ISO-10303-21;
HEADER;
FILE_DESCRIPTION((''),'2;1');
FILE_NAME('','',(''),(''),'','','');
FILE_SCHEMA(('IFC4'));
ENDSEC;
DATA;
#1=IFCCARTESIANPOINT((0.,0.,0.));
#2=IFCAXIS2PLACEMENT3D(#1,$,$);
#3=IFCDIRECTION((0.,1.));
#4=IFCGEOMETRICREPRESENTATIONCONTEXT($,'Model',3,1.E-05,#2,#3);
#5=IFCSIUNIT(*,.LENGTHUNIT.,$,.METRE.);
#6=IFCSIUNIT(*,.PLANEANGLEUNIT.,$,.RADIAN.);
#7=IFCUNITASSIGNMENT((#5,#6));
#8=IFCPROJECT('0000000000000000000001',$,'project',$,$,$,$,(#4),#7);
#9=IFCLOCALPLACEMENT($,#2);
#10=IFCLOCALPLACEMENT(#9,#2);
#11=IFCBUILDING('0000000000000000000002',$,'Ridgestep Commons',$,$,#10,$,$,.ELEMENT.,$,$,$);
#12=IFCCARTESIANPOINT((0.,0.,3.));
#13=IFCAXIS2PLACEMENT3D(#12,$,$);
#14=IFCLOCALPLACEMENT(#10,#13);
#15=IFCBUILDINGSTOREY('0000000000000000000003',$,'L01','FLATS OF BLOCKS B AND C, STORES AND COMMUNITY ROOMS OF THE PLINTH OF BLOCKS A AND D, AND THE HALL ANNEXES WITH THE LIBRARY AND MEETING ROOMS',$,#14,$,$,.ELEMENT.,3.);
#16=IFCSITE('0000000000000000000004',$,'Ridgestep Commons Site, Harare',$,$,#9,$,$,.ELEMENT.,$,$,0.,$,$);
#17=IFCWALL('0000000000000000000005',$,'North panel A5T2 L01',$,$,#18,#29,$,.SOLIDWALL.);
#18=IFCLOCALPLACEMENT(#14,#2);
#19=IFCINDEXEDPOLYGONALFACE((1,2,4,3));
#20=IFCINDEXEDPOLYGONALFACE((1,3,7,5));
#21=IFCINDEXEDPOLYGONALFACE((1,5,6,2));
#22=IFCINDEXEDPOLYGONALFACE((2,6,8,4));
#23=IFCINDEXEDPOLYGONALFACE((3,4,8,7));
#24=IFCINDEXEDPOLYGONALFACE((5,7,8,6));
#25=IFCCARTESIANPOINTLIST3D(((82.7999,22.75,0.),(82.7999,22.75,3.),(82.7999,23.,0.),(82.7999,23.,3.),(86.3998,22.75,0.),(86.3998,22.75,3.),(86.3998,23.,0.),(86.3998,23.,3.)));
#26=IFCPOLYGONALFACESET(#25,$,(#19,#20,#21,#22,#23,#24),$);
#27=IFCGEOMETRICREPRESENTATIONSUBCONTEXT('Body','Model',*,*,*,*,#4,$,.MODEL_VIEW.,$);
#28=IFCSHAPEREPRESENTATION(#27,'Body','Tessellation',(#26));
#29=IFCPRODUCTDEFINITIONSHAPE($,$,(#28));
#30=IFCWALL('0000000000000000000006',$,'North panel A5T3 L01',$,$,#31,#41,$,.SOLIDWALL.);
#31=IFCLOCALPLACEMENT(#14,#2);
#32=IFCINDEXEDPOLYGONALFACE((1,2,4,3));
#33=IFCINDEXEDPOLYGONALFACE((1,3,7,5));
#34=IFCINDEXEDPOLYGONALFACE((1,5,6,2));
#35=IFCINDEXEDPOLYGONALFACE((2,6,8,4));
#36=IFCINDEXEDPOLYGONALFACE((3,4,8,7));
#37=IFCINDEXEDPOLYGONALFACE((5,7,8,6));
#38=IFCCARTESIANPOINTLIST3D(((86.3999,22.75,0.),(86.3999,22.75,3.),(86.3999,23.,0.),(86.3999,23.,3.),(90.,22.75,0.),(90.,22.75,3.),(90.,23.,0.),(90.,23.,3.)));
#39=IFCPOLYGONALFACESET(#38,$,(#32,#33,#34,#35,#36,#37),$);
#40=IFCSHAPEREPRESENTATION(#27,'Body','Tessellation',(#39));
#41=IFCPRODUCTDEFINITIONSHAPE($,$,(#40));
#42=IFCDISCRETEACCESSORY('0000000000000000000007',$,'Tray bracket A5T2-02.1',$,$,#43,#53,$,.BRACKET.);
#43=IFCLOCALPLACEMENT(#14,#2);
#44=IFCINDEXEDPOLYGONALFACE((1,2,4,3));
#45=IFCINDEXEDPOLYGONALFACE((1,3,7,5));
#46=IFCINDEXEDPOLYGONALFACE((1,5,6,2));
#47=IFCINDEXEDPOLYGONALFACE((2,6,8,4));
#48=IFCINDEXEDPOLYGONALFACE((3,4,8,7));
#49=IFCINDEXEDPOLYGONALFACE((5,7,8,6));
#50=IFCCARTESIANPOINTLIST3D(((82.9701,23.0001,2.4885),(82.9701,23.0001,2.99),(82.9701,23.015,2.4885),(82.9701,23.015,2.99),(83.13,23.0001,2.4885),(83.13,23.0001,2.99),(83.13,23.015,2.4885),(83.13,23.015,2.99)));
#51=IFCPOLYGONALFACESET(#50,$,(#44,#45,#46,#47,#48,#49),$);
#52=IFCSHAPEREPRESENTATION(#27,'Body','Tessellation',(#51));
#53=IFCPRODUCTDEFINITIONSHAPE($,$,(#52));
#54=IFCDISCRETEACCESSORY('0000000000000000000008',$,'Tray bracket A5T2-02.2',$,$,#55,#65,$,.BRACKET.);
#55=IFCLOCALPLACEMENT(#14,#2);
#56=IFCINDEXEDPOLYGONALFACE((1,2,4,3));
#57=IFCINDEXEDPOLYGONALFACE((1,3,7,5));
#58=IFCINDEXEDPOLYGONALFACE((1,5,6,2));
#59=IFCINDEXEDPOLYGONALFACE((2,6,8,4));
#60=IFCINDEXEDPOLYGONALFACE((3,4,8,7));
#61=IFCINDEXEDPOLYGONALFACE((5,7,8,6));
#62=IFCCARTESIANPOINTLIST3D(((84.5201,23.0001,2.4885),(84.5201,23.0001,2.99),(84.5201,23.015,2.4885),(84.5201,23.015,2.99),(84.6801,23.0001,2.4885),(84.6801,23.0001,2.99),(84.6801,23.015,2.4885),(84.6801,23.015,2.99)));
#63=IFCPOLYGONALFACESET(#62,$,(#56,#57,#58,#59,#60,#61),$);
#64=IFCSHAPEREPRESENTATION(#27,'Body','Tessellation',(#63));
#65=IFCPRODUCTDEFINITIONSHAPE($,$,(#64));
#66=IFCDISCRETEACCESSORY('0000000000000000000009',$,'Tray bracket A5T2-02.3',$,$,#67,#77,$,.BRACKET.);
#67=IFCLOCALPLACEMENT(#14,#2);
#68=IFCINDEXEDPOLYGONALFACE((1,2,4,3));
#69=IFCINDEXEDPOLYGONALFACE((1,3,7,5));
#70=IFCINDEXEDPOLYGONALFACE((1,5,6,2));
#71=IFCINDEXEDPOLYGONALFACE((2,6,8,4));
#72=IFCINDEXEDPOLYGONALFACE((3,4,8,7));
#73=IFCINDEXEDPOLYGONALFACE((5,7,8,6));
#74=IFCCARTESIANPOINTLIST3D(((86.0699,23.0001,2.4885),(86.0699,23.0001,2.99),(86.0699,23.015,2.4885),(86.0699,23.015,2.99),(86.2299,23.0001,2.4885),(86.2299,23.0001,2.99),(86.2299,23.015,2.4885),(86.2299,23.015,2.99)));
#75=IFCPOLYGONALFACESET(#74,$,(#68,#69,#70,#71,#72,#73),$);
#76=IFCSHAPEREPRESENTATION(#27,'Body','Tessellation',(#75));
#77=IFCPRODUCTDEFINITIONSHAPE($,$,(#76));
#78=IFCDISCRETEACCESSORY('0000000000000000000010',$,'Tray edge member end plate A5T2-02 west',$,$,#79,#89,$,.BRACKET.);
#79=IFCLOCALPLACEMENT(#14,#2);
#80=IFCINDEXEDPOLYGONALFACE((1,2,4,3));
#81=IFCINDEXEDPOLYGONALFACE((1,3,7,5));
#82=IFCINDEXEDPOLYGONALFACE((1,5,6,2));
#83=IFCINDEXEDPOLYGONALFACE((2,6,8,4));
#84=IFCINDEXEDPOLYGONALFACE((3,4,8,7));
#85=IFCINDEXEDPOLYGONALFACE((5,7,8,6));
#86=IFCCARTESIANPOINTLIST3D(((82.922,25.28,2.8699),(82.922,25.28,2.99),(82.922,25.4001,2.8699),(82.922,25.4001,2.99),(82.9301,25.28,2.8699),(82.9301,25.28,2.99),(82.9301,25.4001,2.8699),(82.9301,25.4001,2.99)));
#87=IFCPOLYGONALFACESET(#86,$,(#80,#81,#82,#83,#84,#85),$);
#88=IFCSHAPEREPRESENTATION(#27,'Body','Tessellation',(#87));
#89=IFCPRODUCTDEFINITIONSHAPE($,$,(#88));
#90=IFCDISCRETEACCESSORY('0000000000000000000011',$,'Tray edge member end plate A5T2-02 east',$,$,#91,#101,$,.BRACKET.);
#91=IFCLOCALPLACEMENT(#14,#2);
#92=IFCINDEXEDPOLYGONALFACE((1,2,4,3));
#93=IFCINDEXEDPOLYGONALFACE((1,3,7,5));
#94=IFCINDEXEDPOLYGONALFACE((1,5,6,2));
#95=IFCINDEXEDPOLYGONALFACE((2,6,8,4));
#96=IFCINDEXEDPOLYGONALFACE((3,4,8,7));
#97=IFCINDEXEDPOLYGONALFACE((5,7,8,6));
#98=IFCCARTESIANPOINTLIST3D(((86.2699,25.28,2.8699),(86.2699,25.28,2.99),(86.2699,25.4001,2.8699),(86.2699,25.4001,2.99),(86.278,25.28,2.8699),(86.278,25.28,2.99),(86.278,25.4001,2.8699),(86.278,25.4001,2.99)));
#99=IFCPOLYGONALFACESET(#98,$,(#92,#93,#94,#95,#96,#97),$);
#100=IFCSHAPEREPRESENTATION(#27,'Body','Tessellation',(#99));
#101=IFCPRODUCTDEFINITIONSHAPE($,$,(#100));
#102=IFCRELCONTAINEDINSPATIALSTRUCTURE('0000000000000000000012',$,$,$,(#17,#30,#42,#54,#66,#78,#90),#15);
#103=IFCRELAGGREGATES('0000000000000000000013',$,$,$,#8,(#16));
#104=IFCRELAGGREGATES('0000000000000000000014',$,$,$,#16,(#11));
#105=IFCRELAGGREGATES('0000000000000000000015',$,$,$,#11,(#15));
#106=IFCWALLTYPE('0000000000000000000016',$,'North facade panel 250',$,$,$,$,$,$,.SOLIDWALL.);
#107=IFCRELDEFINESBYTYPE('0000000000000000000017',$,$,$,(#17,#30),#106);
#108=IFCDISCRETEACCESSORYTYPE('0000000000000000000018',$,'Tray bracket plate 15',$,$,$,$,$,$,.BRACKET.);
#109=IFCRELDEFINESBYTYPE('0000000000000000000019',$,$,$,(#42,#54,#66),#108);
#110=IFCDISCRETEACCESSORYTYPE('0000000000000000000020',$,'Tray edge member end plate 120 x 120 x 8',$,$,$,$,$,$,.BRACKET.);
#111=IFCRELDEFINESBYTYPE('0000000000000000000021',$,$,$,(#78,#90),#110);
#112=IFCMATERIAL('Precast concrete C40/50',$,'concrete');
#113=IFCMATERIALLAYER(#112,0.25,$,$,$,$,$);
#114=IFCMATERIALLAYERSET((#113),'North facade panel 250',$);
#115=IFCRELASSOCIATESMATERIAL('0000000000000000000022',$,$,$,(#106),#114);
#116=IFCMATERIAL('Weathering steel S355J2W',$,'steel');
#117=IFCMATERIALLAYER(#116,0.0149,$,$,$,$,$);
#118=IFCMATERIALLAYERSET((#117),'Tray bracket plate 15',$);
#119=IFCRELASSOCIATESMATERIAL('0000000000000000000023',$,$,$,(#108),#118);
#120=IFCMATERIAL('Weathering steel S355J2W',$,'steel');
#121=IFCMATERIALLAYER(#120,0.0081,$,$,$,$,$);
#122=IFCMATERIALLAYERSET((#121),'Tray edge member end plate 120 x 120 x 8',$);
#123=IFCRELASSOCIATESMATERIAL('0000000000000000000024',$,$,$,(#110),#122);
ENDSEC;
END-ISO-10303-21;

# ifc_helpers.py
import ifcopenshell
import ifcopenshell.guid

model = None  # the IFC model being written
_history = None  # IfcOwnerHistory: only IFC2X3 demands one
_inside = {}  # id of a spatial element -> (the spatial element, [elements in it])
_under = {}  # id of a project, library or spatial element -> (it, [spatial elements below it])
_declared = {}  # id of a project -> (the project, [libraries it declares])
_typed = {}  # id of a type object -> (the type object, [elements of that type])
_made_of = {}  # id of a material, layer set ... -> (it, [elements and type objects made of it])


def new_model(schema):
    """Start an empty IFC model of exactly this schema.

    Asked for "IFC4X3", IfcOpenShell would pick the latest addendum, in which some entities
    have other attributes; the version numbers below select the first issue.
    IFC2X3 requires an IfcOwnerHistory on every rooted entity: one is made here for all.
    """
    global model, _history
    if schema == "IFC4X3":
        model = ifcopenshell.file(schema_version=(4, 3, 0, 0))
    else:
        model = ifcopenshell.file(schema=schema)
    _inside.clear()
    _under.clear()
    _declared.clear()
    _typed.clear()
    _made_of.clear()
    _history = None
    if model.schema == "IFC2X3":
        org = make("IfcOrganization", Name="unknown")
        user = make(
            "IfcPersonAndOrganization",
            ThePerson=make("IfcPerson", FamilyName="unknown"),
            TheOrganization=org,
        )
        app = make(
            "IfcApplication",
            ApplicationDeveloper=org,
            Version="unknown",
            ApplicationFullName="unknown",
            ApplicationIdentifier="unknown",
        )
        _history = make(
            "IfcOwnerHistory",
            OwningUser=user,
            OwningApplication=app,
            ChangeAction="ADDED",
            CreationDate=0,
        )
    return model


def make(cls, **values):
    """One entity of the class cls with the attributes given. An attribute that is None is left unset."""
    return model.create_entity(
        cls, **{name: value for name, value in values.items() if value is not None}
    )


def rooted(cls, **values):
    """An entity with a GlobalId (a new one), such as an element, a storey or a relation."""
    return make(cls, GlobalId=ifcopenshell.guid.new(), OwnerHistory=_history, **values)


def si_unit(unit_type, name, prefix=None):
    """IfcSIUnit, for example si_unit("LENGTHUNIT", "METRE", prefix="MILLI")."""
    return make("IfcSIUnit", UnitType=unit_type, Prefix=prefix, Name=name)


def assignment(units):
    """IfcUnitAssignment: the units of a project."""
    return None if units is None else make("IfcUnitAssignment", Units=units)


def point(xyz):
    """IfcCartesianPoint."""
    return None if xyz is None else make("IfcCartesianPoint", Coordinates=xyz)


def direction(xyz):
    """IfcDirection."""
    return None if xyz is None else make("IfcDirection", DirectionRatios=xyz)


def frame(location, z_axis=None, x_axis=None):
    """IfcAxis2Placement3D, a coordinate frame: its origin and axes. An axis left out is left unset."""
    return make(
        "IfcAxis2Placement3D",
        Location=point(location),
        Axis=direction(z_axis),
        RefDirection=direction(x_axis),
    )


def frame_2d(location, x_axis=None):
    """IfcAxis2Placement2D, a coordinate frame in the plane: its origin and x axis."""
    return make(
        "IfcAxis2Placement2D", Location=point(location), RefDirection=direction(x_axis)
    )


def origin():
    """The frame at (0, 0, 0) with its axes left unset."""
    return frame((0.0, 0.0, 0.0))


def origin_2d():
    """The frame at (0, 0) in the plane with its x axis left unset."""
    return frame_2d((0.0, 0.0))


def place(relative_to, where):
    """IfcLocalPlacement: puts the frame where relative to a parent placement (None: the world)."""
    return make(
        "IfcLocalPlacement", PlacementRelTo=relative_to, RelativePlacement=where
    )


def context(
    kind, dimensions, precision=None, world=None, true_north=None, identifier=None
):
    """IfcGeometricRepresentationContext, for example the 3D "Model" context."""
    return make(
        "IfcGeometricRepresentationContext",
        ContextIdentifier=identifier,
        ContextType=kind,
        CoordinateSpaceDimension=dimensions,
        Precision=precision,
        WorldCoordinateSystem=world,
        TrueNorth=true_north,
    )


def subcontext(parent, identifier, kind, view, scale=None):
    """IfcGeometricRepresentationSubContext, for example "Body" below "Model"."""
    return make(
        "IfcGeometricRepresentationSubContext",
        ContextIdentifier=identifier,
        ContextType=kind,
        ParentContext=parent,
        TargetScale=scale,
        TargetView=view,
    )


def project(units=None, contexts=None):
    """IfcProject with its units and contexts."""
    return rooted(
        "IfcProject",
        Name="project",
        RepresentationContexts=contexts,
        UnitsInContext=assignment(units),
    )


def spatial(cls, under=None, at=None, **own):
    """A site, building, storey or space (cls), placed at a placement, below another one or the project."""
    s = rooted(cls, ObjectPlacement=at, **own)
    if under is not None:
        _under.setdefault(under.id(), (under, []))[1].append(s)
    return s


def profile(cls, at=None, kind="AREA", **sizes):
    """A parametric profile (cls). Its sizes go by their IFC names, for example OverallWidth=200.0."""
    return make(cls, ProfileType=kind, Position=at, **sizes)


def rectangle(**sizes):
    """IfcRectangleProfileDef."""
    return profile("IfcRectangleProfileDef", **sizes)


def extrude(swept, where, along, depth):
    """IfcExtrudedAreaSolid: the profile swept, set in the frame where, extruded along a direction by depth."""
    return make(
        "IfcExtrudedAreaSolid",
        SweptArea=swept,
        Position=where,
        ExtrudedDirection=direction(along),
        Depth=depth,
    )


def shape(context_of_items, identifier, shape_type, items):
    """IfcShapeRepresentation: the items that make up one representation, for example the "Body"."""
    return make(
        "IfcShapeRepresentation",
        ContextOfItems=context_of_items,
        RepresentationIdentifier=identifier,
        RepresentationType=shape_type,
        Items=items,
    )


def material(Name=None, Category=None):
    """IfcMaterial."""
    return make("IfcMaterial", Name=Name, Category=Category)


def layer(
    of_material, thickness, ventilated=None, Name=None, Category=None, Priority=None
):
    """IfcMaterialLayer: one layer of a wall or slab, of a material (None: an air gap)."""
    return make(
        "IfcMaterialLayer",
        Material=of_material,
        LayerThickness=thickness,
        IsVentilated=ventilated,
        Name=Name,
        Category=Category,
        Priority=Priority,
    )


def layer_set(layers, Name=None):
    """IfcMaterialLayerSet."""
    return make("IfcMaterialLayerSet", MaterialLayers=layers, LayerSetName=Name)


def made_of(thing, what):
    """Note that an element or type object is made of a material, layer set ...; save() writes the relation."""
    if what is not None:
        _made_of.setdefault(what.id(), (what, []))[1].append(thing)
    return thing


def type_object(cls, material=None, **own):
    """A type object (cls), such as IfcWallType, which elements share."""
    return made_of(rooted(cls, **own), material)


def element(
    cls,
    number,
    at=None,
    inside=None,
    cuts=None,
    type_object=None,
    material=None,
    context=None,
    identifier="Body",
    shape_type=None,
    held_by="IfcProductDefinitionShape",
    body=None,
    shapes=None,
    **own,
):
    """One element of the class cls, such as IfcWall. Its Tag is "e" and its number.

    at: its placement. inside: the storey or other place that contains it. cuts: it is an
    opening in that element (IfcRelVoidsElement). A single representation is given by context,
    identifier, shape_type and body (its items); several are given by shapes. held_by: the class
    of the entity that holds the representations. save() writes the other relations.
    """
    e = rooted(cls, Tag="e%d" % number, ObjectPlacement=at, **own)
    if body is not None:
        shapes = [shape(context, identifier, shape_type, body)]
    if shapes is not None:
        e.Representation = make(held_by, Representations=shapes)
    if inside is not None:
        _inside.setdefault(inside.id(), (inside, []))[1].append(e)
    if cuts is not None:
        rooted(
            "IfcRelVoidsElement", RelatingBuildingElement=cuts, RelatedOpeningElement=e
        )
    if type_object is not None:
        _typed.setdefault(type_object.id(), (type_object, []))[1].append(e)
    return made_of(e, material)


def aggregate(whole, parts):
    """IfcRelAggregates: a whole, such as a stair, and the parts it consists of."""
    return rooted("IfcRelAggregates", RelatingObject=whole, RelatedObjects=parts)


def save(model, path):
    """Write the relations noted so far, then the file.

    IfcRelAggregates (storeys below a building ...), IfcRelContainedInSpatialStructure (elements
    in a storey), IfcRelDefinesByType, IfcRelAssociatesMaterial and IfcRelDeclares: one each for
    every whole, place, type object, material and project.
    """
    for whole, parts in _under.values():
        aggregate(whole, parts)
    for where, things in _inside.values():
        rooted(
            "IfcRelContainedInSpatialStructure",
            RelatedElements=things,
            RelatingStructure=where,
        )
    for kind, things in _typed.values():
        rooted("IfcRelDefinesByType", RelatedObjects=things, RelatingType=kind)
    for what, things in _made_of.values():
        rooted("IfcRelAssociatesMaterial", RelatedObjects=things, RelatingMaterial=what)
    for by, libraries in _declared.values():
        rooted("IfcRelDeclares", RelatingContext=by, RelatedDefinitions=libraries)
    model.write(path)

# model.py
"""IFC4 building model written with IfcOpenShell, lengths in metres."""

from ifc_helpers import new_model, si_unit, direction, frame, frame_2d, origin, origin_2d, place, context, subcontext, project, spatial, rectangle, extrude, material, layer, layer_set, type_object, element, save


model = new_model("IFC4")

# Units and contexts
model_context = context("Model", 3, precision=1e-05, world=origin(), true_north=direction((0.0, 1.0)))
body_context = subcontext(model_context, "Body", "Model", "MODEL_VIEW")
ifc_project = project(units=[si_unit("LENGTHUNIT", "METRE"), si_unit("PLANEANGLEUNIT", "RADIAN")], contexts=[model_context])

# Site, building, storey
site_placement = place(None, origin())
site = spatial("IfcSite", under=ifc_project, at=site_placement, Name="Ridgestep Commons Site, Harare", CompositionType="ELEMENT", RefElevation=0.0)
building_placement = place(site_placement, origin())
building = spatial("IfcBuilding", under=site, at=building_placement, Name="Ridgestep Commons", CompositionType="ELEMENT")
storey_placement = place(building_placement, frame((0.0, 0.0, 3.0)))
storey = spatial("IfcBuildingStorey", under=building, at=storey_placement, Name="L01", Description="FLATS OF BLOCKS B AND C, STORES AND COMMUNITY ROOMS OF THE PLINTH OF BLOCKS A AND D, AND THE HALL ANNEXES WITH THE LIBRARY AND MEETING ROOMS", CompositionType="ELEMENT", Elevation=3.0)

# Walls
ifc_material_1 = material(Name="Precast concrete C40/50", Category="concrete")
ifc_layer_1 = layer(ifc_material_1, 0.25)
ifc_layer_set_1 = layer_set([ifc_layer_1], Name="North facade panel 250")
wall_type = type_object("IfcWallType", Name="North facade panel 250", PredefinedType="SOLIDWALL", material=ifc_layer_set_1)
wall_1_placement = place(storey_placement, frame((82.8, 22.875, 0.0), z_axis=(0.0, 0.0, 1.0), x_axis=(1.0, 0.0, 0.0)))
element("IfcWall", 1, at=wall_1_placement, inside=storey, type_object=wall_type, Name="North panel A5T2 L01", PredefinedType="SOLIDWALL", context=body_context, shape_type="SweptSolid", body=[
    extrude(rectangle(XDim=3.5999, YDim=0.25, at=frame_2d((1.7998, 0.0))), origin(), (0.0, 0.0, 1.0), 3.0),
])
wall_2_placement = place(storey_placement, frame((86.3999, 22.875, 0.0), z_axis=(0.0, 0.0, 1.0), x_axis=(1.0, 0.0, 0.0)))
element("IfcWall", 2, at=wall_2_placement, inside=storey, type_object=wall_type, Name="North panel A5T3 L01", PredefinedType="SOLIDWALL", context=body_context, shape_type="SweptSolid", body=[
    extrude(rectangle(XDim=3.6001, YDim=0.25, at=frame_2d((1.8, 0.0))), origin(), (0.0, 0.0, 1.0), 3.0),
])

# Discrete accessories
ifc_material_2 = material(Name="Weathering steel S355J2W", Category="steel")
ifc_layer_2 = layer(ifc_material_2, 0.0149)
ifc_layer_set_2 = layer_set([ifc_layer_2], Name="Tray bracket plate 15")
discrete_accessory_type_1 = type_object("IfcDiscreteAccessoryType", Name="Tray bracket plate 15", PredefinedType="BRACKET", material=ifc_layer_set_2)
for number, where, z_axis, x_axis, name in (
    (3, (83.05, 23.0076, 2.4885), (0.0, 0.0, 1.0), (1.0, 0.0, 0.0), "Tray bracket A5T2-02.1"),
    (4, (84.6001, 23.0076, 2.4885), (0.0, 0.0, 1.0), (1.0, 0.0, 0.0), "Tray bracket A5T2-02.2"),
    (5, (86.1499, 23.0076, 2.4885), (0.0, 0.0, 1.0), (1.0, 0.0, 0.0), "Tray bracket A5T2-02.3"),
):
    element("IfcDiscreteAccessory", number, at=place(storey_placement, frame(where, z_axis=z_axis, x_axis=x_axis)), inside=storey, type_object=discrete_accessory_type_1, Name=name, PredefinedType="BRACKET", context=body_context, shape_type="SweptSolid", body=[
        extrude(rectangle(XDim=0.1599, YDim=0.0149, at=origin_2d()), origin(), (0.0, 0.0, 1.0), 0.5015),
    ])
ifc_material_3 = material(Name="Weathering steel S355J2W", Category="steel")
ifc_layer_3 = layer(ifc_material_3, 0.0081)
ifc_layer_set_3 = layer_set([ifc_layer_3], Name="Tray edge member end plate 120 x 120 x 8")
discrete_accessory_type_2 = type_object("IfcDiscreteAccessoryType", Name="Tray edge member end plate 120 x 120 x 8", PredefinedType="BRACKET", material=ifc_layer_set_3)
for number, where, z_axis, x_axis, name in (
    (6, (82.926, 25.3401, 2.8699), (0.0, 0.0, 1.0), (1.0, 0.0, 0.0), "Tray edge member end plate A5T2-02 west"),
    (7, (86.2739, 25.3401, 2.8699), (0.0, 0.0, 1.0), (1.0, 0.0, 0.0), "Tray edge member end plate A5T2-02 east"),
):
    element("IfcDiscreteAccessory", number, at=place(storey_placement, frame(where, z_axis=z_axis, x_axis=x_axis)), inside=storey, type_object=discrete_accessory_type_2, Name=name, PredefinedType="BRACKET", context=body_context, shape_type="SweptSolid", body=[
        extrude(rectangle(XDim=0.0081, YDim=0.1201, at=origin_2d()), origin(), (0.0, 0.0, 1.0), 0.1201),
    ])

save(model, "model.ifc")
